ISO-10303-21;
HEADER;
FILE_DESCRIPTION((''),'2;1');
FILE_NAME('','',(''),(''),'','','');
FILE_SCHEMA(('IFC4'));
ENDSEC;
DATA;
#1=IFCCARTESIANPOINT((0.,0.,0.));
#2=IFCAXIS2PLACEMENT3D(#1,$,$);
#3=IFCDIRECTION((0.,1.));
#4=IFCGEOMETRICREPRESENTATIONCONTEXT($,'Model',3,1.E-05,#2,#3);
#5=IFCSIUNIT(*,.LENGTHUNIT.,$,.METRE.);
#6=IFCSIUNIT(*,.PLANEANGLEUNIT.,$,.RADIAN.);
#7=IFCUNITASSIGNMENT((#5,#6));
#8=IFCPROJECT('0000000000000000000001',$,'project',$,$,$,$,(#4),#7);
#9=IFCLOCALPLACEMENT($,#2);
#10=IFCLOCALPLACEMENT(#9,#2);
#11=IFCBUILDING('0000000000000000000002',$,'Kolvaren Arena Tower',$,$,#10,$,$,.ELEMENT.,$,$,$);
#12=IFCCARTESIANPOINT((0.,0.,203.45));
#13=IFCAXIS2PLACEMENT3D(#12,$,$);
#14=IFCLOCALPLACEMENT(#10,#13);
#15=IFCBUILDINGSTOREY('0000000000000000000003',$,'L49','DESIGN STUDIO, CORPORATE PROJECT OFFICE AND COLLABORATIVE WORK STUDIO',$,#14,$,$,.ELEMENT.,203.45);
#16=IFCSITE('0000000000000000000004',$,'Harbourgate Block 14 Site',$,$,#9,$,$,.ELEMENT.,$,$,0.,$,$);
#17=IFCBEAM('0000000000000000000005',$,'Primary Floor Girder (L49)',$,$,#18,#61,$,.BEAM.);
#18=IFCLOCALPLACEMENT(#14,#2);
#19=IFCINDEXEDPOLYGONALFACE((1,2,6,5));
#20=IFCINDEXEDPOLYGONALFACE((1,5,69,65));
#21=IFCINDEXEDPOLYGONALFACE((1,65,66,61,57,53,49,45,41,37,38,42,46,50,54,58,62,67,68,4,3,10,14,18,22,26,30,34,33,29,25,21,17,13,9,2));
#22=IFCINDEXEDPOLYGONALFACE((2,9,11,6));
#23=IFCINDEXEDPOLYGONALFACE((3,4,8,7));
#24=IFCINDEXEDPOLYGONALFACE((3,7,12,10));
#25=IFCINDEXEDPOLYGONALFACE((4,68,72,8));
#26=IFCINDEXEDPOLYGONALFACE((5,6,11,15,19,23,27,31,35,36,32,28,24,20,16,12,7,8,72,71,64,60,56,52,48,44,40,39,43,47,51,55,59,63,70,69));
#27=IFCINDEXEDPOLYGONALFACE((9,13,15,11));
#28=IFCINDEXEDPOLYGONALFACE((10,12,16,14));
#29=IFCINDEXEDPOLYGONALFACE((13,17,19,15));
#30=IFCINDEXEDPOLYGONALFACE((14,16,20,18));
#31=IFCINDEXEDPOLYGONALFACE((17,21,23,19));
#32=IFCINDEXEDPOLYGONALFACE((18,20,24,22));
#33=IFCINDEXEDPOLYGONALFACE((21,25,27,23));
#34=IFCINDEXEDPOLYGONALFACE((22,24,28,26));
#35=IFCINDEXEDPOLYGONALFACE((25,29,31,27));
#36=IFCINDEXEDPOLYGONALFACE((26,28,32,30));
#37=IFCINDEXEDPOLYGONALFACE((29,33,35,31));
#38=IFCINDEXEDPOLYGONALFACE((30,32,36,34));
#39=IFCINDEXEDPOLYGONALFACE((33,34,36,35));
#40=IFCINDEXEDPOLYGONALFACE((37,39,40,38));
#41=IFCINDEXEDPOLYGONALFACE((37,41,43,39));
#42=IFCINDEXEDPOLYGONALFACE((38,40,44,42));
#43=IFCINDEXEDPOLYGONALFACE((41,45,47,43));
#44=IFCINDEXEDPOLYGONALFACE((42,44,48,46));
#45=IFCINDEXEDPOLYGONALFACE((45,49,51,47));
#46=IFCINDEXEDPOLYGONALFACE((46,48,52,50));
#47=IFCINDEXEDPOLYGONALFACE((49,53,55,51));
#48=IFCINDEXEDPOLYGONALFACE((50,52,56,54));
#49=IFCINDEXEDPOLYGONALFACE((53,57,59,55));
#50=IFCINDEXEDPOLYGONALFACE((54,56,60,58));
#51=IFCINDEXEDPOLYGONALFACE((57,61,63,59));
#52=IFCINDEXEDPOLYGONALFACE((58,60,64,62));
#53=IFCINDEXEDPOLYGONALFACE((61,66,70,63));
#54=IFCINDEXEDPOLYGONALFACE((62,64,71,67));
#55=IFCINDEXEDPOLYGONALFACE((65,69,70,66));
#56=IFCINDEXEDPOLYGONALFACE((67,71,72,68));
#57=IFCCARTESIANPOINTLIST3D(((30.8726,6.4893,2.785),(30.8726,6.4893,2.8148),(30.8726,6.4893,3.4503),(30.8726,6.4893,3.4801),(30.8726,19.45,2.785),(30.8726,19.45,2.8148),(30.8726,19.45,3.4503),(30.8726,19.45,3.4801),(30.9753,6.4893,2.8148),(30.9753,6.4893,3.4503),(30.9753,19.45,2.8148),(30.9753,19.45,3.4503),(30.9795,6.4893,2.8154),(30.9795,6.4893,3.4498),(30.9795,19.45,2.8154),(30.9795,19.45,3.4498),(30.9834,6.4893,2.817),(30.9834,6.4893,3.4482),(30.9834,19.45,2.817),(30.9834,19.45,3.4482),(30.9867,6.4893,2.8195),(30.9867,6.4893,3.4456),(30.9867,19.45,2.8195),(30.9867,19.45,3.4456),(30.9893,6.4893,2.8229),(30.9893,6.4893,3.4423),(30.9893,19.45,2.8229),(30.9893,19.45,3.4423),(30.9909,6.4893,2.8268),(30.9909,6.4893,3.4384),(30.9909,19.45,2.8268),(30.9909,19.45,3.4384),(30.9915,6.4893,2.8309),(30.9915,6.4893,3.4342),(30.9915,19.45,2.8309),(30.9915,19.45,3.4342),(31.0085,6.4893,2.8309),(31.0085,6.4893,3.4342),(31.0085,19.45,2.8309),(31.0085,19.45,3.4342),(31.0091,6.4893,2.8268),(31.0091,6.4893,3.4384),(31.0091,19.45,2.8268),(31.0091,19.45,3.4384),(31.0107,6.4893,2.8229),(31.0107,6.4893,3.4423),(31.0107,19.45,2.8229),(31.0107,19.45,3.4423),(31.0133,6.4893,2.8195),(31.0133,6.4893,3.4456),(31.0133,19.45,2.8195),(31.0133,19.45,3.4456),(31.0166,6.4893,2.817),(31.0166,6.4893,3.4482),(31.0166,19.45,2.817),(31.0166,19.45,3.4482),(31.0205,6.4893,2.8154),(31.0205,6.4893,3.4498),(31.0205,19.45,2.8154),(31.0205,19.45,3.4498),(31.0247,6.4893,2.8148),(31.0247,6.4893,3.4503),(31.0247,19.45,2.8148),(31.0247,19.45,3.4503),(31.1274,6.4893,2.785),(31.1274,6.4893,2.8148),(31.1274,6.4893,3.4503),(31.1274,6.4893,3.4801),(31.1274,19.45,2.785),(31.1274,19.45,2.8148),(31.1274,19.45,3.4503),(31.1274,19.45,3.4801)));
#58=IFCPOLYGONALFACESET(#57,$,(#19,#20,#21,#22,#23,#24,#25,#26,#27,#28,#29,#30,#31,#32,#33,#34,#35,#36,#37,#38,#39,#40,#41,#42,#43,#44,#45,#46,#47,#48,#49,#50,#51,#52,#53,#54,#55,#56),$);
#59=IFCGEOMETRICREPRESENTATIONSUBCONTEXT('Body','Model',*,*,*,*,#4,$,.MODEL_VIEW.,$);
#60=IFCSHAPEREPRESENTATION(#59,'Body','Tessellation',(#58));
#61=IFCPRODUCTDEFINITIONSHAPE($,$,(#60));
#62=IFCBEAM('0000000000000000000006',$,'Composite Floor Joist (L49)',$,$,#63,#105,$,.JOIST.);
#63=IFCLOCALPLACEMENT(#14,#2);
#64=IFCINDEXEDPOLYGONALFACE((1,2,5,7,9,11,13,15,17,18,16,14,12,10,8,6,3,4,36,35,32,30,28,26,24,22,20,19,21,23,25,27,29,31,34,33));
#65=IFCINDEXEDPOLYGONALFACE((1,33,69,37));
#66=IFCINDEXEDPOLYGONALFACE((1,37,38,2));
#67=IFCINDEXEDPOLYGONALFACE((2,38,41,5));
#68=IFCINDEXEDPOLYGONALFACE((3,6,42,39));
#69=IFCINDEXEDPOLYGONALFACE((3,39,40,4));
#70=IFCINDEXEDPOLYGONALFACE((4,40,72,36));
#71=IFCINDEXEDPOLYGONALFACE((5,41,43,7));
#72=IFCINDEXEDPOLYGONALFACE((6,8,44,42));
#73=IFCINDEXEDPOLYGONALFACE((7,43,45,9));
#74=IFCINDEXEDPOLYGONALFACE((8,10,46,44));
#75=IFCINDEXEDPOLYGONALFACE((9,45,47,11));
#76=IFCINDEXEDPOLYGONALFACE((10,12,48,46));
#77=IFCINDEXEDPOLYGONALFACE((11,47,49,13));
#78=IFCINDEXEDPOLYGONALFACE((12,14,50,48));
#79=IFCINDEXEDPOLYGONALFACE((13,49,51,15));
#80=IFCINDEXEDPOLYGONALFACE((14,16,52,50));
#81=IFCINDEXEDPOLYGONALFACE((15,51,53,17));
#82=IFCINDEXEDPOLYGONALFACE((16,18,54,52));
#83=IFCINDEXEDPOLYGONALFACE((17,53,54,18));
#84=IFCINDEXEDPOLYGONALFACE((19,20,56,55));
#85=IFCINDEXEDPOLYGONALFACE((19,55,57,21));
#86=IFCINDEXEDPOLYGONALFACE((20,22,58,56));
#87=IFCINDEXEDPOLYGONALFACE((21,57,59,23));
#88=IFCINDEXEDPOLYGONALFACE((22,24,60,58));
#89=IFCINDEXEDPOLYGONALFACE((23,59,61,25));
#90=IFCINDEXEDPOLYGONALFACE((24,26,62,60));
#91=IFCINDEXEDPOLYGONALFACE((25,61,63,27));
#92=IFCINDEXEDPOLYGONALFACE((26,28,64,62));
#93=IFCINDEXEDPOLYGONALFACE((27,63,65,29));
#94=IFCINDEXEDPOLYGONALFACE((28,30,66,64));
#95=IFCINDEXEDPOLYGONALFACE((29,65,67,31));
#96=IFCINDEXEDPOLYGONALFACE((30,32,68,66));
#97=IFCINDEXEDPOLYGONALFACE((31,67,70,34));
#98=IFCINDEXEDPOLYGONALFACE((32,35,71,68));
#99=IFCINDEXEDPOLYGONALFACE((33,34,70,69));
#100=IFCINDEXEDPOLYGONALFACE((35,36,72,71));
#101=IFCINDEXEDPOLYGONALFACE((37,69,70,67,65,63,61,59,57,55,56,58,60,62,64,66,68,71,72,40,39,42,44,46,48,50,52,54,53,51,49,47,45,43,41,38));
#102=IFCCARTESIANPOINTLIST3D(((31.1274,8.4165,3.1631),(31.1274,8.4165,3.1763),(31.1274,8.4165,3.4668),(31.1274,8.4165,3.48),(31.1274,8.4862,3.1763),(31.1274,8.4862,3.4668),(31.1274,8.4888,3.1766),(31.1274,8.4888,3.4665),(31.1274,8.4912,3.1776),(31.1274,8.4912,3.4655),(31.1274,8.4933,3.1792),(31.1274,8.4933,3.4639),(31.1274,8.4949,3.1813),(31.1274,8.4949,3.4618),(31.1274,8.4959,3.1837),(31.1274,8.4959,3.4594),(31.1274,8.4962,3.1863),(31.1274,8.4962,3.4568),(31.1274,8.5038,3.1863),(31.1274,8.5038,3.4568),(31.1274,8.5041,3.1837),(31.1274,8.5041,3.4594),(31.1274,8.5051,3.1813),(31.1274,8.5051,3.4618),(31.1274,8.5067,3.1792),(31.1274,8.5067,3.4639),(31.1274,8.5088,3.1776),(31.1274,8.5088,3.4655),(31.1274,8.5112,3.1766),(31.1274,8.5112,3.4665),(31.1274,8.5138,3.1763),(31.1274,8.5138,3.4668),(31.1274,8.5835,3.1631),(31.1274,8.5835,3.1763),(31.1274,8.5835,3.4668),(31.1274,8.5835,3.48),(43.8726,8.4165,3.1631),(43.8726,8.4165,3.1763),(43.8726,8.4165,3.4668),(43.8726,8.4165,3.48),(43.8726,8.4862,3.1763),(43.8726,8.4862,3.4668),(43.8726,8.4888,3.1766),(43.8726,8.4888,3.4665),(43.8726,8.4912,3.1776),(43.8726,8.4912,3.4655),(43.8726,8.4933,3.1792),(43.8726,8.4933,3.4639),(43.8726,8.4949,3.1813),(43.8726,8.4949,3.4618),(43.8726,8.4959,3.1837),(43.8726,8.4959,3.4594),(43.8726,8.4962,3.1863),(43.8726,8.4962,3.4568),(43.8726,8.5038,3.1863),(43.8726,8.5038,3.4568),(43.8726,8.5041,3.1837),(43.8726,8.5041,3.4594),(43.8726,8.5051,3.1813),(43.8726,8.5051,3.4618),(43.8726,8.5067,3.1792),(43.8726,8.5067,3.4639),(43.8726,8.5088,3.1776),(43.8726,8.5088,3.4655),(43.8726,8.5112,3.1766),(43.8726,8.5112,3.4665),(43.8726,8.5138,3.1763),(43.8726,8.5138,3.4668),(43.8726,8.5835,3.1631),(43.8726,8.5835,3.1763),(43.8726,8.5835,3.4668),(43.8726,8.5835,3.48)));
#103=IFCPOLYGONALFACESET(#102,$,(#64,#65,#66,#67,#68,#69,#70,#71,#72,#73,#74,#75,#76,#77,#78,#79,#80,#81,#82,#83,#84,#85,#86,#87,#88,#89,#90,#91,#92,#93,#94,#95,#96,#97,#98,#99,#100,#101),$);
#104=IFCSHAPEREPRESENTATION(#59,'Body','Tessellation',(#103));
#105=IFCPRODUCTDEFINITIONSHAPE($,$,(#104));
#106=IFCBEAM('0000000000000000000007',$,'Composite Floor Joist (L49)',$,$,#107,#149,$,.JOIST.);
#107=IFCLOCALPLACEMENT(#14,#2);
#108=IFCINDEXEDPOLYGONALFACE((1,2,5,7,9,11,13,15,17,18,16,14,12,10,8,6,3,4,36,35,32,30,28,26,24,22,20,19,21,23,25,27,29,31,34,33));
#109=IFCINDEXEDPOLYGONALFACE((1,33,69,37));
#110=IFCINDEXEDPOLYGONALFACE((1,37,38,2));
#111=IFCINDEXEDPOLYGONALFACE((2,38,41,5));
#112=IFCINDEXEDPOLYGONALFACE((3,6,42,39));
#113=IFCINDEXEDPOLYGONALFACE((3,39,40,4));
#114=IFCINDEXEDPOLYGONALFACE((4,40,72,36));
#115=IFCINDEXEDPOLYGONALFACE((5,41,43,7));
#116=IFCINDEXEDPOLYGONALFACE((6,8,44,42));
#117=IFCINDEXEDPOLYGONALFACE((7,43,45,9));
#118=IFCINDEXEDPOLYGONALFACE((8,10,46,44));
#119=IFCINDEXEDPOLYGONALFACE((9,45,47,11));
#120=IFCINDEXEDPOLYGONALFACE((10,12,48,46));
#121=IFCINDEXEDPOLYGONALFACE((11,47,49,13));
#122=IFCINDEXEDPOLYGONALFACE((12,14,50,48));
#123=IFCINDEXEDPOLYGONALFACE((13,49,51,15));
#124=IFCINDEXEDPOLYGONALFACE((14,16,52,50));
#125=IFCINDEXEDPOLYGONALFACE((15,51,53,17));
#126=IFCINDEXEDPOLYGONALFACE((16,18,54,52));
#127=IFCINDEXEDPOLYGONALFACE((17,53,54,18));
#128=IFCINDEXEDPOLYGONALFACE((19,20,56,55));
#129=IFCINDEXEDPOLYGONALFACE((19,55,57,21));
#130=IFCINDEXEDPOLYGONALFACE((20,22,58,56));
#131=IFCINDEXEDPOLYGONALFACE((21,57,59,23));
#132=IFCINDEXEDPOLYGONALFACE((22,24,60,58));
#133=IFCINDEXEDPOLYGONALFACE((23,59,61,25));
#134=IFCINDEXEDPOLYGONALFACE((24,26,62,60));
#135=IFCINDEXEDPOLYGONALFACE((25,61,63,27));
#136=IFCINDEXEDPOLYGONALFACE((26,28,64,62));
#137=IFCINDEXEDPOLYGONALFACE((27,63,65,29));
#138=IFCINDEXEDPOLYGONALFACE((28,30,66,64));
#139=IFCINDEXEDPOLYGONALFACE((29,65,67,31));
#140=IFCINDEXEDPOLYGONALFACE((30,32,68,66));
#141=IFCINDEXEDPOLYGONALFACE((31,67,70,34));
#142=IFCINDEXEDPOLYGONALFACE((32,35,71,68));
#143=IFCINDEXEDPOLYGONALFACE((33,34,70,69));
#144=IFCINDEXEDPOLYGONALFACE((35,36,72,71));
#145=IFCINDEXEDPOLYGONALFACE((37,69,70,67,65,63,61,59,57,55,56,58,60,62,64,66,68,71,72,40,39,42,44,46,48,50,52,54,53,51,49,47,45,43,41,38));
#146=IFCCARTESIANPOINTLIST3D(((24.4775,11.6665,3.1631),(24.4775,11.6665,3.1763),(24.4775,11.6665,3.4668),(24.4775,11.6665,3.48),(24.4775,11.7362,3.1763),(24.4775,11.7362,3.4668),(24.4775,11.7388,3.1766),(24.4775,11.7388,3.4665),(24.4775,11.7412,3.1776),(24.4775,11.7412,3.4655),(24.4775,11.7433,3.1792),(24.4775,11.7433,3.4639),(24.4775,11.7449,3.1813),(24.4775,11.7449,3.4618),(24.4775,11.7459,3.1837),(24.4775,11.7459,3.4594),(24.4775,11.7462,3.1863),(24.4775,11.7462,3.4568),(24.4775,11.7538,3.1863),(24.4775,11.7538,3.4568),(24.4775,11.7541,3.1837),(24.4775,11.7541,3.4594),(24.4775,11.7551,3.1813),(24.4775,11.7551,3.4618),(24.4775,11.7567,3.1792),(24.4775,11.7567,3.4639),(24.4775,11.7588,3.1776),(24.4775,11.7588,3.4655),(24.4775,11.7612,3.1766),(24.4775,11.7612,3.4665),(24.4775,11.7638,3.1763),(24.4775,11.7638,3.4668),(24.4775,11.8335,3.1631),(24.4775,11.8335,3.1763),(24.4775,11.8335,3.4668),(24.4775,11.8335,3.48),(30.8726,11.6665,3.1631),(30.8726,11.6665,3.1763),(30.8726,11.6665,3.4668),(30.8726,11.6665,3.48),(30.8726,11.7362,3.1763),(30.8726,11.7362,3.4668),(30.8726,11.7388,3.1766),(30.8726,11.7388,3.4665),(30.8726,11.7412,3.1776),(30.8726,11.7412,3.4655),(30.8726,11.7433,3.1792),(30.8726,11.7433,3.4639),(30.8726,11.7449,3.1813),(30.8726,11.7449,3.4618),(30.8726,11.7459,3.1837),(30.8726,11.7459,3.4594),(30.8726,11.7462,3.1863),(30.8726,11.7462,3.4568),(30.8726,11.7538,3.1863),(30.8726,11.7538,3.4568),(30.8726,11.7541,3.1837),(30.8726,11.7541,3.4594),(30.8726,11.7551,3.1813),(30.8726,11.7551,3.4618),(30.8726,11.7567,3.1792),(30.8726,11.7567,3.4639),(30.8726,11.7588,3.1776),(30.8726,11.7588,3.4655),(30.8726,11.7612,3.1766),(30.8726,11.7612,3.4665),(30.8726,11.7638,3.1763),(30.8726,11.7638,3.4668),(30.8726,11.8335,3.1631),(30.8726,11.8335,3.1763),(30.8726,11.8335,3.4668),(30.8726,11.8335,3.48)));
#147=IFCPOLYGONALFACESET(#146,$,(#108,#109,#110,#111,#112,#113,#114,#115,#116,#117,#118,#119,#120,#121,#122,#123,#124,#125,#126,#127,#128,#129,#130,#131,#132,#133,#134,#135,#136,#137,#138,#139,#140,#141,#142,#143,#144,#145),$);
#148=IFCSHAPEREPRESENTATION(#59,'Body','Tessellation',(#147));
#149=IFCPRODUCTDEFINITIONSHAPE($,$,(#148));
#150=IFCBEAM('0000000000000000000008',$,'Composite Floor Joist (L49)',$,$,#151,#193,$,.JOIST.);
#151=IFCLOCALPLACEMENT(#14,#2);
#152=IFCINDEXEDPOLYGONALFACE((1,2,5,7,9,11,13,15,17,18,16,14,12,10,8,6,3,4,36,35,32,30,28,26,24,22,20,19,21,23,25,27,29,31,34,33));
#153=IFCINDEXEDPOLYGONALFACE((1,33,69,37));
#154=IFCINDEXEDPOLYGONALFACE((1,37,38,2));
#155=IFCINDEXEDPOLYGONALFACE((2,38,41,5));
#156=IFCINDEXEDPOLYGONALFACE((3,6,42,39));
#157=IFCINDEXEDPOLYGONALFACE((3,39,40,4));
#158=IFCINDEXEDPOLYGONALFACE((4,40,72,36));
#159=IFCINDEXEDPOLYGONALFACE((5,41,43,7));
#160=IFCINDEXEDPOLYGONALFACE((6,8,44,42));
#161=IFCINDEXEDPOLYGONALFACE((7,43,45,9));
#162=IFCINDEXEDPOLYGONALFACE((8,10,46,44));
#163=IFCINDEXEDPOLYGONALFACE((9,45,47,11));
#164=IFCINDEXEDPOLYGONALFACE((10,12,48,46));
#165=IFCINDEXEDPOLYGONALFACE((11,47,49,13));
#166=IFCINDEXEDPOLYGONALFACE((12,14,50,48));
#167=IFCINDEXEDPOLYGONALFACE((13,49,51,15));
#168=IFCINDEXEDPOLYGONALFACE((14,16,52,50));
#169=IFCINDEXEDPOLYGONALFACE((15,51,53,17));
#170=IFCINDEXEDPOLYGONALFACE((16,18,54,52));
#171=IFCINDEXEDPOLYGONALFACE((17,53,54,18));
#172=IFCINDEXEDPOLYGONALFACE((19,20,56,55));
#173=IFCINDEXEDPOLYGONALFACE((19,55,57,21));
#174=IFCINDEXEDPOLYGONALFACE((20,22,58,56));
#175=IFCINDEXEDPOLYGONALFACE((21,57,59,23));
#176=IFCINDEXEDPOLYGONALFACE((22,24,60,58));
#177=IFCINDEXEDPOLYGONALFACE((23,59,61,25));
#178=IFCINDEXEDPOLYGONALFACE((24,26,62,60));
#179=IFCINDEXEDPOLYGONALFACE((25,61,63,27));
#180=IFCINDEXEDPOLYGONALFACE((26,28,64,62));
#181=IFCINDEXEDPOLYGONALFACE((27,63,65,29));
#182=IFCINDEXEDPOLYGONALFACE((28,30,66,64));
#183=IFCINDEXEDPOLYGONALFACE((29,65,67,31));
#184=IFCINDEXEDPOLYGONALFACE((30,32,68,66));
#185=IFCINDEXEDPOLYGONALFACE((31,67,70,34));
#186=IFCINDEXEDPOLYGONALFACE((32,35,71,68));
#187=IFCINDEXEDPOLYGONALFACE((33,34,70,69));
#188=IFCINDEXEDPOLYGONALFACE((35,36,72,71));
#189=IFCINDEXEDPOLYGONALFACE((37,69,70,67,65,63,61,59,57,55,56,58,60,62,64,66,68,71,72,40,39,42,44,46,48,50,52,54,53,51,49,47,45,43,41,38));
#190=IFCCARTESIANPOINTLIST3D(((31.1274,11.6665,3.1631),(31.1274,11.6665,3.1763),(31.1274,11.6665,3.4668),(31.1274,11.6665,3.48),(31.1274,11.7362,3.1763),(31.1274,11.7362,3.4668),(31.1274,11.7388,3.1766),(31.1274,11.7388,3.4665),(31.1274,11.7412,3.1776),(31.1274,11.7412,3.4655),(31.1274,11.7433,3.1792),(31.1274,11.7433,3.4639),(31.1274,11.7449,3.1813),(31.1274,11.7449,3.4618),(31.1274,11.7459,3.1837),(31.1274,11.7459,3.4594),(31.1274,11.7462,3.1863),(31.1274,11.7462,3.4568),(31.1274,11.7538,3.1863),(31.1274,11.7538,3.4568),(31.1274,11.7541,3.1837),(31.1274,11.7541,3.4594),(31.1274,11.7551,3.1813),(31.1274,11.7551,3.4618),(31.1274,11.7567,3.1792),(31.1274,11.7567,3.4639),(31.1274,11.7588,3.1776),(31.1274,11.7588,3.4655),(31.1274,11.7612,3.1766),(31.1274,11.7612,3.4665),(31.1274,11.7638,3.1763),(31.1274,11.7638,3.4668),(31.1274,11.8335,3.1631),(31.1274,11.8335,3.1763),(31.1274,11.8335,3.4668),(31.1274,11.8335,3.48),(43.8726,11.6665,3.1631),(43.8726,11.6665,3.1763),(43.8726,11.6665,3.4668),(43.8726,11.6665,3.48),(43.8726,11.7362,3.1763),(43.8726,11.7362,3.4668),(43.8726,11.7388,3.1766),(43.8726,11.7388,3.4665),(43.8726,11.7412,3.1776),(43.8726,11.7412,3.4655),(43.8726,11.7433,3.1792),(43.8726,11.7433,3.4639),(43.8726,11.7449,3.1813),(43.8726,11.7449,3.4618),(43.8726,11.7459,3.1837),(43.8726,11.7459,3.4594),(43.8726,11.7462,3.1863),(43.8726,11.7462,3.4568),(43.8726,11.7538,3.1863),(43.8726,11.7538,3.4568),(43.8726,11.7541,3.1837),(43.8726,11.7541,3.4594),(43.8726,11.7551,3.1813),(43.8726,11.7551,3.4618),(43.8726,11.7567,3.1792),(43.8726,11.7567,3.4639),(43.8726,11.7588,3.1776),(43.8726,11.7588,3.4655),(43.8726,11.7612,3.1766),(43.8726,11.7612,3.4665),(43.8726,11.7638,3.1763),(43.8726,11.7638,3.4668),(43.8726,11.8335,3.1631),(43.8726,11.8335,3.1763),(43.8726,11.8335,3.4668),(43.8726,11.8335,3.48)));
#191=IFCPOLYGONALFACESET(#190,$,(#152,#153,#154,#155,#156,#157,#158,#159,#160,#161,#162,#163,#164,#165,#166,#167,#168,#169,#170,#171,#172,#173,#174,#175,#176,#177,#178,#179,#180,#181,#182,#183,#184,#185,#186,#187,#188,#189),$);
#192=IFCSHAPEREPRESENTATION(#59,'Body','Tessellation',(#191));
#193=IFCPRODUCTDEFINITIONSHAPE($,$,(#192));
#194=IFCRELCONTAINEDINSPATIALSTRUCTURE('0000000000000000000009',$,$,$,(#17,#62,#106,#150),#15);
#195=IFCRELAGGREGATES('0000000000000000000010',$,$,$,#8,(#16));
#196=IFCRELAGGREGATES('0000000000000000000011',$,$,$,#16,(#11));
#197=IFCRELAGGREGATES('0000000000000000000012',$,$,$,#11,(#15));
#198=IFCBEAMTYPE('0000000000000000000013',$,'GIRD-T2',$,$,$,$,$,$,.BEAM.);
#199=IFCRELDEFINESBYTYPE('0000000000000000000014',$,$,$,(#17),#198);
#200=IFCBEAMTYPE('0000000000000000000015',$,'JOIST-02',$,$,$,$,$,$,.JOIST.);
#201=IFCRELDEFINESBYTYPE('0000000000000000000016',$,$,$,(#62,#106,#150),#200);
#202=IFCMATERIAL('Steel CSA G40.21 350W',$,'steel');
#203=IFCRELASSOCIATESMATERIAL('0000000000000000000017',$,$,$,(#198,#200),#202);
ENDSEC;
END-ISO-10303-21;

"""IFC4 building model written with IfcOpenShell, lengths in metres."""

from ifc_helpers import new_model, si_unit, direction, frame, origin, origin_2d, place, context, subcontext, project, spatial, i_section, extrude, material, material_profile, profile_set, type_object, element, save


model = new_model("IFC4")

# Units and contexts
model_context = context("Model", 3, precision=1e-05, world=origin(), true_north=direction((0.0, 1.0)))
body_context = subcontext(model_context, "Body", "Model", "MODEL_VIEW")
ifc_project = project(units=[si_unit("LENGTHUNIT", "METRE"), si_unit("PLANEANGLEUNIT", "RADIAN")], contexts=[model_context])

# Site, building, storey
site_placement = place(None, origin())
site = spatial("IfcSite", under=ifc_project, at=site_placement, Name="Harbourgate Block 14 Site", CompositionType="ELEMENT", RefElevation=0.0)
building_placement = place(site_placement, origin())
building = spatial("IfcBuilding", under=site, at=building_placement, Name="Kolvaren Arena Tower", CompositionType="ELEMENT")
storey_placement = place(building_placement, frame((0.0, 0.0, 203.45)))
storey = spatial("IfcBuildingStorey", under=building, at=storey_placement, Name="L49", Description="DESIGN STUDIO, CORPORATE PROJECT OFFICE AND COLLABORATIVE WORK STUDIO", CompositionType="ELEMENT", Elevation=203.45)

# Beams
ifc_material_1 = material(Name="Steel CSA G40.21 350W", Category="steel")
ifc_material_profile_1 = material_profile(ifc_material_1, i_section(OverallWidth=0.2549, OverallDepth=0.6951, WebThickness=0.0171, FlangeThickness=0.0298, FilletRadius=0.0161, at=origin_2d()), Name="W690x217")
ifc_profile_set_1 = profile_set([ifc_material_profile_1], Name="Steel CSA G40.21 350W")
beam_type_1 = type_object("IfcBeamType", Name="GIRD-T2", PredefinedType="BEAM", material=ifc_profile_set_1)
beam_1_placement = place(storey_placement, frame((31.0, 6.4893, 3.1326), z_axis=(0.0, 1.0, 0.0), x_axis=(-1.0, 0.0, 0.0)))
element("IfcBeam", 1, at=beam_1_placement, inside=storey, type_object=beam_type_1, Name="Primary Floor Girder (L49)", PredefinedType="BEAM", context=body_context, shape_type="SweptSolid", body=[
    extrude(i_section(OverallWidth=0.2549, OverallDepth=0.6951, WebThickness=0.0171, FlangeThickness=0.0298, FilletRadius=0.0161, at=origin_2d()), origin(), (0.0, 0.0, 1.0), 12.9607),
])
ifc_material_profile_2 = material_profile(ifc_material_1, i_section(OverallWidth=0.167, OverallDepth=0.3169, WebThickness=0.0076, FlangeThickness=0.0132, FilletRadius=0.01, at=origin_2d()), Name="W310x52")
ifc_profile_set_2 = profile_set([ifc_material_profile_2], Name="Steel CSA G40.21 350W")
beam_type_2 = type_object("IfcBeamType", Name="JOIST-02", PredefinedType="JOIST", material=ifc_profile_set_2)
beam_2_placement = place(storey_placement, frame((31.1274, 8.5, 3.3215), z_axis=(1.0, 0.0, 0.0), x_axis=(0.0, 1.0, 0.0)))
element("IfcBeam", 2, at=beam_2_placement, inside=storey, type_object=beam_type_2, Name="Composite Floor Joist (L49)", PredefinedType="JOIST", context=body_context, shape_type="SweptSolid", body=[
    extrude(i_section(OverallWidth=0.167, OverallDepth=0.3169, WebThickness=0.0076, FlangeThickness=0.0132, FilletRadius=0.01, at=origin_2d()), origin(), (0.0, 0.0, 1.0), 12.7451),
])
beam_3_placement = place(storey_placement, frame((24.4775, 11.75, 3.3215), z_axis=(1.0, 0.0, 0.0), x_axis=(0.0, 1.0, 0.0)))
element("IfcBeam", 3, at=beam_3_placement, inside=storey, type_object=beam_type_2, Name="Composite Floor Joist (L49)", PredefinedType="JOIST", context=body_context, shape_type="SweptSolid", body=[
    extrude(i_section(OverallWidth=0.167, OverallDepth=0.3169, WebThickness=0.0076, FlangeThickness=0.0132, FilletRadius=0.01, at=origin_2d()), origin(), (0.0, 0.0, 1.0), 6.395),
])
beam_4_placement = place(storey_placement, frame((31.1274, 11.75, 3.3215), z_axis=(1.0, 0.0, 0.0), x_axis=(0.0, 1.0, 0.0)))
element("IfcBeam", 4, at=beam_4_placement, inside=storey, type_object=beam_type_2, Name="Composite Floor Joist (L49)", PredefinedType="JOIST", context=body_context, shape_type="SweptSolid", body=[
    extrude(i_section(OverallWidth=0.167, OverallDepth=0.3169, WebThickness=0.0076, FlangeThickness=0.0132, FilletRadius=0.01, at=origin_2d()), origin(), (0.0, 0.0, 1.0), 12.7451),
])

save(model, "model.ifc")
